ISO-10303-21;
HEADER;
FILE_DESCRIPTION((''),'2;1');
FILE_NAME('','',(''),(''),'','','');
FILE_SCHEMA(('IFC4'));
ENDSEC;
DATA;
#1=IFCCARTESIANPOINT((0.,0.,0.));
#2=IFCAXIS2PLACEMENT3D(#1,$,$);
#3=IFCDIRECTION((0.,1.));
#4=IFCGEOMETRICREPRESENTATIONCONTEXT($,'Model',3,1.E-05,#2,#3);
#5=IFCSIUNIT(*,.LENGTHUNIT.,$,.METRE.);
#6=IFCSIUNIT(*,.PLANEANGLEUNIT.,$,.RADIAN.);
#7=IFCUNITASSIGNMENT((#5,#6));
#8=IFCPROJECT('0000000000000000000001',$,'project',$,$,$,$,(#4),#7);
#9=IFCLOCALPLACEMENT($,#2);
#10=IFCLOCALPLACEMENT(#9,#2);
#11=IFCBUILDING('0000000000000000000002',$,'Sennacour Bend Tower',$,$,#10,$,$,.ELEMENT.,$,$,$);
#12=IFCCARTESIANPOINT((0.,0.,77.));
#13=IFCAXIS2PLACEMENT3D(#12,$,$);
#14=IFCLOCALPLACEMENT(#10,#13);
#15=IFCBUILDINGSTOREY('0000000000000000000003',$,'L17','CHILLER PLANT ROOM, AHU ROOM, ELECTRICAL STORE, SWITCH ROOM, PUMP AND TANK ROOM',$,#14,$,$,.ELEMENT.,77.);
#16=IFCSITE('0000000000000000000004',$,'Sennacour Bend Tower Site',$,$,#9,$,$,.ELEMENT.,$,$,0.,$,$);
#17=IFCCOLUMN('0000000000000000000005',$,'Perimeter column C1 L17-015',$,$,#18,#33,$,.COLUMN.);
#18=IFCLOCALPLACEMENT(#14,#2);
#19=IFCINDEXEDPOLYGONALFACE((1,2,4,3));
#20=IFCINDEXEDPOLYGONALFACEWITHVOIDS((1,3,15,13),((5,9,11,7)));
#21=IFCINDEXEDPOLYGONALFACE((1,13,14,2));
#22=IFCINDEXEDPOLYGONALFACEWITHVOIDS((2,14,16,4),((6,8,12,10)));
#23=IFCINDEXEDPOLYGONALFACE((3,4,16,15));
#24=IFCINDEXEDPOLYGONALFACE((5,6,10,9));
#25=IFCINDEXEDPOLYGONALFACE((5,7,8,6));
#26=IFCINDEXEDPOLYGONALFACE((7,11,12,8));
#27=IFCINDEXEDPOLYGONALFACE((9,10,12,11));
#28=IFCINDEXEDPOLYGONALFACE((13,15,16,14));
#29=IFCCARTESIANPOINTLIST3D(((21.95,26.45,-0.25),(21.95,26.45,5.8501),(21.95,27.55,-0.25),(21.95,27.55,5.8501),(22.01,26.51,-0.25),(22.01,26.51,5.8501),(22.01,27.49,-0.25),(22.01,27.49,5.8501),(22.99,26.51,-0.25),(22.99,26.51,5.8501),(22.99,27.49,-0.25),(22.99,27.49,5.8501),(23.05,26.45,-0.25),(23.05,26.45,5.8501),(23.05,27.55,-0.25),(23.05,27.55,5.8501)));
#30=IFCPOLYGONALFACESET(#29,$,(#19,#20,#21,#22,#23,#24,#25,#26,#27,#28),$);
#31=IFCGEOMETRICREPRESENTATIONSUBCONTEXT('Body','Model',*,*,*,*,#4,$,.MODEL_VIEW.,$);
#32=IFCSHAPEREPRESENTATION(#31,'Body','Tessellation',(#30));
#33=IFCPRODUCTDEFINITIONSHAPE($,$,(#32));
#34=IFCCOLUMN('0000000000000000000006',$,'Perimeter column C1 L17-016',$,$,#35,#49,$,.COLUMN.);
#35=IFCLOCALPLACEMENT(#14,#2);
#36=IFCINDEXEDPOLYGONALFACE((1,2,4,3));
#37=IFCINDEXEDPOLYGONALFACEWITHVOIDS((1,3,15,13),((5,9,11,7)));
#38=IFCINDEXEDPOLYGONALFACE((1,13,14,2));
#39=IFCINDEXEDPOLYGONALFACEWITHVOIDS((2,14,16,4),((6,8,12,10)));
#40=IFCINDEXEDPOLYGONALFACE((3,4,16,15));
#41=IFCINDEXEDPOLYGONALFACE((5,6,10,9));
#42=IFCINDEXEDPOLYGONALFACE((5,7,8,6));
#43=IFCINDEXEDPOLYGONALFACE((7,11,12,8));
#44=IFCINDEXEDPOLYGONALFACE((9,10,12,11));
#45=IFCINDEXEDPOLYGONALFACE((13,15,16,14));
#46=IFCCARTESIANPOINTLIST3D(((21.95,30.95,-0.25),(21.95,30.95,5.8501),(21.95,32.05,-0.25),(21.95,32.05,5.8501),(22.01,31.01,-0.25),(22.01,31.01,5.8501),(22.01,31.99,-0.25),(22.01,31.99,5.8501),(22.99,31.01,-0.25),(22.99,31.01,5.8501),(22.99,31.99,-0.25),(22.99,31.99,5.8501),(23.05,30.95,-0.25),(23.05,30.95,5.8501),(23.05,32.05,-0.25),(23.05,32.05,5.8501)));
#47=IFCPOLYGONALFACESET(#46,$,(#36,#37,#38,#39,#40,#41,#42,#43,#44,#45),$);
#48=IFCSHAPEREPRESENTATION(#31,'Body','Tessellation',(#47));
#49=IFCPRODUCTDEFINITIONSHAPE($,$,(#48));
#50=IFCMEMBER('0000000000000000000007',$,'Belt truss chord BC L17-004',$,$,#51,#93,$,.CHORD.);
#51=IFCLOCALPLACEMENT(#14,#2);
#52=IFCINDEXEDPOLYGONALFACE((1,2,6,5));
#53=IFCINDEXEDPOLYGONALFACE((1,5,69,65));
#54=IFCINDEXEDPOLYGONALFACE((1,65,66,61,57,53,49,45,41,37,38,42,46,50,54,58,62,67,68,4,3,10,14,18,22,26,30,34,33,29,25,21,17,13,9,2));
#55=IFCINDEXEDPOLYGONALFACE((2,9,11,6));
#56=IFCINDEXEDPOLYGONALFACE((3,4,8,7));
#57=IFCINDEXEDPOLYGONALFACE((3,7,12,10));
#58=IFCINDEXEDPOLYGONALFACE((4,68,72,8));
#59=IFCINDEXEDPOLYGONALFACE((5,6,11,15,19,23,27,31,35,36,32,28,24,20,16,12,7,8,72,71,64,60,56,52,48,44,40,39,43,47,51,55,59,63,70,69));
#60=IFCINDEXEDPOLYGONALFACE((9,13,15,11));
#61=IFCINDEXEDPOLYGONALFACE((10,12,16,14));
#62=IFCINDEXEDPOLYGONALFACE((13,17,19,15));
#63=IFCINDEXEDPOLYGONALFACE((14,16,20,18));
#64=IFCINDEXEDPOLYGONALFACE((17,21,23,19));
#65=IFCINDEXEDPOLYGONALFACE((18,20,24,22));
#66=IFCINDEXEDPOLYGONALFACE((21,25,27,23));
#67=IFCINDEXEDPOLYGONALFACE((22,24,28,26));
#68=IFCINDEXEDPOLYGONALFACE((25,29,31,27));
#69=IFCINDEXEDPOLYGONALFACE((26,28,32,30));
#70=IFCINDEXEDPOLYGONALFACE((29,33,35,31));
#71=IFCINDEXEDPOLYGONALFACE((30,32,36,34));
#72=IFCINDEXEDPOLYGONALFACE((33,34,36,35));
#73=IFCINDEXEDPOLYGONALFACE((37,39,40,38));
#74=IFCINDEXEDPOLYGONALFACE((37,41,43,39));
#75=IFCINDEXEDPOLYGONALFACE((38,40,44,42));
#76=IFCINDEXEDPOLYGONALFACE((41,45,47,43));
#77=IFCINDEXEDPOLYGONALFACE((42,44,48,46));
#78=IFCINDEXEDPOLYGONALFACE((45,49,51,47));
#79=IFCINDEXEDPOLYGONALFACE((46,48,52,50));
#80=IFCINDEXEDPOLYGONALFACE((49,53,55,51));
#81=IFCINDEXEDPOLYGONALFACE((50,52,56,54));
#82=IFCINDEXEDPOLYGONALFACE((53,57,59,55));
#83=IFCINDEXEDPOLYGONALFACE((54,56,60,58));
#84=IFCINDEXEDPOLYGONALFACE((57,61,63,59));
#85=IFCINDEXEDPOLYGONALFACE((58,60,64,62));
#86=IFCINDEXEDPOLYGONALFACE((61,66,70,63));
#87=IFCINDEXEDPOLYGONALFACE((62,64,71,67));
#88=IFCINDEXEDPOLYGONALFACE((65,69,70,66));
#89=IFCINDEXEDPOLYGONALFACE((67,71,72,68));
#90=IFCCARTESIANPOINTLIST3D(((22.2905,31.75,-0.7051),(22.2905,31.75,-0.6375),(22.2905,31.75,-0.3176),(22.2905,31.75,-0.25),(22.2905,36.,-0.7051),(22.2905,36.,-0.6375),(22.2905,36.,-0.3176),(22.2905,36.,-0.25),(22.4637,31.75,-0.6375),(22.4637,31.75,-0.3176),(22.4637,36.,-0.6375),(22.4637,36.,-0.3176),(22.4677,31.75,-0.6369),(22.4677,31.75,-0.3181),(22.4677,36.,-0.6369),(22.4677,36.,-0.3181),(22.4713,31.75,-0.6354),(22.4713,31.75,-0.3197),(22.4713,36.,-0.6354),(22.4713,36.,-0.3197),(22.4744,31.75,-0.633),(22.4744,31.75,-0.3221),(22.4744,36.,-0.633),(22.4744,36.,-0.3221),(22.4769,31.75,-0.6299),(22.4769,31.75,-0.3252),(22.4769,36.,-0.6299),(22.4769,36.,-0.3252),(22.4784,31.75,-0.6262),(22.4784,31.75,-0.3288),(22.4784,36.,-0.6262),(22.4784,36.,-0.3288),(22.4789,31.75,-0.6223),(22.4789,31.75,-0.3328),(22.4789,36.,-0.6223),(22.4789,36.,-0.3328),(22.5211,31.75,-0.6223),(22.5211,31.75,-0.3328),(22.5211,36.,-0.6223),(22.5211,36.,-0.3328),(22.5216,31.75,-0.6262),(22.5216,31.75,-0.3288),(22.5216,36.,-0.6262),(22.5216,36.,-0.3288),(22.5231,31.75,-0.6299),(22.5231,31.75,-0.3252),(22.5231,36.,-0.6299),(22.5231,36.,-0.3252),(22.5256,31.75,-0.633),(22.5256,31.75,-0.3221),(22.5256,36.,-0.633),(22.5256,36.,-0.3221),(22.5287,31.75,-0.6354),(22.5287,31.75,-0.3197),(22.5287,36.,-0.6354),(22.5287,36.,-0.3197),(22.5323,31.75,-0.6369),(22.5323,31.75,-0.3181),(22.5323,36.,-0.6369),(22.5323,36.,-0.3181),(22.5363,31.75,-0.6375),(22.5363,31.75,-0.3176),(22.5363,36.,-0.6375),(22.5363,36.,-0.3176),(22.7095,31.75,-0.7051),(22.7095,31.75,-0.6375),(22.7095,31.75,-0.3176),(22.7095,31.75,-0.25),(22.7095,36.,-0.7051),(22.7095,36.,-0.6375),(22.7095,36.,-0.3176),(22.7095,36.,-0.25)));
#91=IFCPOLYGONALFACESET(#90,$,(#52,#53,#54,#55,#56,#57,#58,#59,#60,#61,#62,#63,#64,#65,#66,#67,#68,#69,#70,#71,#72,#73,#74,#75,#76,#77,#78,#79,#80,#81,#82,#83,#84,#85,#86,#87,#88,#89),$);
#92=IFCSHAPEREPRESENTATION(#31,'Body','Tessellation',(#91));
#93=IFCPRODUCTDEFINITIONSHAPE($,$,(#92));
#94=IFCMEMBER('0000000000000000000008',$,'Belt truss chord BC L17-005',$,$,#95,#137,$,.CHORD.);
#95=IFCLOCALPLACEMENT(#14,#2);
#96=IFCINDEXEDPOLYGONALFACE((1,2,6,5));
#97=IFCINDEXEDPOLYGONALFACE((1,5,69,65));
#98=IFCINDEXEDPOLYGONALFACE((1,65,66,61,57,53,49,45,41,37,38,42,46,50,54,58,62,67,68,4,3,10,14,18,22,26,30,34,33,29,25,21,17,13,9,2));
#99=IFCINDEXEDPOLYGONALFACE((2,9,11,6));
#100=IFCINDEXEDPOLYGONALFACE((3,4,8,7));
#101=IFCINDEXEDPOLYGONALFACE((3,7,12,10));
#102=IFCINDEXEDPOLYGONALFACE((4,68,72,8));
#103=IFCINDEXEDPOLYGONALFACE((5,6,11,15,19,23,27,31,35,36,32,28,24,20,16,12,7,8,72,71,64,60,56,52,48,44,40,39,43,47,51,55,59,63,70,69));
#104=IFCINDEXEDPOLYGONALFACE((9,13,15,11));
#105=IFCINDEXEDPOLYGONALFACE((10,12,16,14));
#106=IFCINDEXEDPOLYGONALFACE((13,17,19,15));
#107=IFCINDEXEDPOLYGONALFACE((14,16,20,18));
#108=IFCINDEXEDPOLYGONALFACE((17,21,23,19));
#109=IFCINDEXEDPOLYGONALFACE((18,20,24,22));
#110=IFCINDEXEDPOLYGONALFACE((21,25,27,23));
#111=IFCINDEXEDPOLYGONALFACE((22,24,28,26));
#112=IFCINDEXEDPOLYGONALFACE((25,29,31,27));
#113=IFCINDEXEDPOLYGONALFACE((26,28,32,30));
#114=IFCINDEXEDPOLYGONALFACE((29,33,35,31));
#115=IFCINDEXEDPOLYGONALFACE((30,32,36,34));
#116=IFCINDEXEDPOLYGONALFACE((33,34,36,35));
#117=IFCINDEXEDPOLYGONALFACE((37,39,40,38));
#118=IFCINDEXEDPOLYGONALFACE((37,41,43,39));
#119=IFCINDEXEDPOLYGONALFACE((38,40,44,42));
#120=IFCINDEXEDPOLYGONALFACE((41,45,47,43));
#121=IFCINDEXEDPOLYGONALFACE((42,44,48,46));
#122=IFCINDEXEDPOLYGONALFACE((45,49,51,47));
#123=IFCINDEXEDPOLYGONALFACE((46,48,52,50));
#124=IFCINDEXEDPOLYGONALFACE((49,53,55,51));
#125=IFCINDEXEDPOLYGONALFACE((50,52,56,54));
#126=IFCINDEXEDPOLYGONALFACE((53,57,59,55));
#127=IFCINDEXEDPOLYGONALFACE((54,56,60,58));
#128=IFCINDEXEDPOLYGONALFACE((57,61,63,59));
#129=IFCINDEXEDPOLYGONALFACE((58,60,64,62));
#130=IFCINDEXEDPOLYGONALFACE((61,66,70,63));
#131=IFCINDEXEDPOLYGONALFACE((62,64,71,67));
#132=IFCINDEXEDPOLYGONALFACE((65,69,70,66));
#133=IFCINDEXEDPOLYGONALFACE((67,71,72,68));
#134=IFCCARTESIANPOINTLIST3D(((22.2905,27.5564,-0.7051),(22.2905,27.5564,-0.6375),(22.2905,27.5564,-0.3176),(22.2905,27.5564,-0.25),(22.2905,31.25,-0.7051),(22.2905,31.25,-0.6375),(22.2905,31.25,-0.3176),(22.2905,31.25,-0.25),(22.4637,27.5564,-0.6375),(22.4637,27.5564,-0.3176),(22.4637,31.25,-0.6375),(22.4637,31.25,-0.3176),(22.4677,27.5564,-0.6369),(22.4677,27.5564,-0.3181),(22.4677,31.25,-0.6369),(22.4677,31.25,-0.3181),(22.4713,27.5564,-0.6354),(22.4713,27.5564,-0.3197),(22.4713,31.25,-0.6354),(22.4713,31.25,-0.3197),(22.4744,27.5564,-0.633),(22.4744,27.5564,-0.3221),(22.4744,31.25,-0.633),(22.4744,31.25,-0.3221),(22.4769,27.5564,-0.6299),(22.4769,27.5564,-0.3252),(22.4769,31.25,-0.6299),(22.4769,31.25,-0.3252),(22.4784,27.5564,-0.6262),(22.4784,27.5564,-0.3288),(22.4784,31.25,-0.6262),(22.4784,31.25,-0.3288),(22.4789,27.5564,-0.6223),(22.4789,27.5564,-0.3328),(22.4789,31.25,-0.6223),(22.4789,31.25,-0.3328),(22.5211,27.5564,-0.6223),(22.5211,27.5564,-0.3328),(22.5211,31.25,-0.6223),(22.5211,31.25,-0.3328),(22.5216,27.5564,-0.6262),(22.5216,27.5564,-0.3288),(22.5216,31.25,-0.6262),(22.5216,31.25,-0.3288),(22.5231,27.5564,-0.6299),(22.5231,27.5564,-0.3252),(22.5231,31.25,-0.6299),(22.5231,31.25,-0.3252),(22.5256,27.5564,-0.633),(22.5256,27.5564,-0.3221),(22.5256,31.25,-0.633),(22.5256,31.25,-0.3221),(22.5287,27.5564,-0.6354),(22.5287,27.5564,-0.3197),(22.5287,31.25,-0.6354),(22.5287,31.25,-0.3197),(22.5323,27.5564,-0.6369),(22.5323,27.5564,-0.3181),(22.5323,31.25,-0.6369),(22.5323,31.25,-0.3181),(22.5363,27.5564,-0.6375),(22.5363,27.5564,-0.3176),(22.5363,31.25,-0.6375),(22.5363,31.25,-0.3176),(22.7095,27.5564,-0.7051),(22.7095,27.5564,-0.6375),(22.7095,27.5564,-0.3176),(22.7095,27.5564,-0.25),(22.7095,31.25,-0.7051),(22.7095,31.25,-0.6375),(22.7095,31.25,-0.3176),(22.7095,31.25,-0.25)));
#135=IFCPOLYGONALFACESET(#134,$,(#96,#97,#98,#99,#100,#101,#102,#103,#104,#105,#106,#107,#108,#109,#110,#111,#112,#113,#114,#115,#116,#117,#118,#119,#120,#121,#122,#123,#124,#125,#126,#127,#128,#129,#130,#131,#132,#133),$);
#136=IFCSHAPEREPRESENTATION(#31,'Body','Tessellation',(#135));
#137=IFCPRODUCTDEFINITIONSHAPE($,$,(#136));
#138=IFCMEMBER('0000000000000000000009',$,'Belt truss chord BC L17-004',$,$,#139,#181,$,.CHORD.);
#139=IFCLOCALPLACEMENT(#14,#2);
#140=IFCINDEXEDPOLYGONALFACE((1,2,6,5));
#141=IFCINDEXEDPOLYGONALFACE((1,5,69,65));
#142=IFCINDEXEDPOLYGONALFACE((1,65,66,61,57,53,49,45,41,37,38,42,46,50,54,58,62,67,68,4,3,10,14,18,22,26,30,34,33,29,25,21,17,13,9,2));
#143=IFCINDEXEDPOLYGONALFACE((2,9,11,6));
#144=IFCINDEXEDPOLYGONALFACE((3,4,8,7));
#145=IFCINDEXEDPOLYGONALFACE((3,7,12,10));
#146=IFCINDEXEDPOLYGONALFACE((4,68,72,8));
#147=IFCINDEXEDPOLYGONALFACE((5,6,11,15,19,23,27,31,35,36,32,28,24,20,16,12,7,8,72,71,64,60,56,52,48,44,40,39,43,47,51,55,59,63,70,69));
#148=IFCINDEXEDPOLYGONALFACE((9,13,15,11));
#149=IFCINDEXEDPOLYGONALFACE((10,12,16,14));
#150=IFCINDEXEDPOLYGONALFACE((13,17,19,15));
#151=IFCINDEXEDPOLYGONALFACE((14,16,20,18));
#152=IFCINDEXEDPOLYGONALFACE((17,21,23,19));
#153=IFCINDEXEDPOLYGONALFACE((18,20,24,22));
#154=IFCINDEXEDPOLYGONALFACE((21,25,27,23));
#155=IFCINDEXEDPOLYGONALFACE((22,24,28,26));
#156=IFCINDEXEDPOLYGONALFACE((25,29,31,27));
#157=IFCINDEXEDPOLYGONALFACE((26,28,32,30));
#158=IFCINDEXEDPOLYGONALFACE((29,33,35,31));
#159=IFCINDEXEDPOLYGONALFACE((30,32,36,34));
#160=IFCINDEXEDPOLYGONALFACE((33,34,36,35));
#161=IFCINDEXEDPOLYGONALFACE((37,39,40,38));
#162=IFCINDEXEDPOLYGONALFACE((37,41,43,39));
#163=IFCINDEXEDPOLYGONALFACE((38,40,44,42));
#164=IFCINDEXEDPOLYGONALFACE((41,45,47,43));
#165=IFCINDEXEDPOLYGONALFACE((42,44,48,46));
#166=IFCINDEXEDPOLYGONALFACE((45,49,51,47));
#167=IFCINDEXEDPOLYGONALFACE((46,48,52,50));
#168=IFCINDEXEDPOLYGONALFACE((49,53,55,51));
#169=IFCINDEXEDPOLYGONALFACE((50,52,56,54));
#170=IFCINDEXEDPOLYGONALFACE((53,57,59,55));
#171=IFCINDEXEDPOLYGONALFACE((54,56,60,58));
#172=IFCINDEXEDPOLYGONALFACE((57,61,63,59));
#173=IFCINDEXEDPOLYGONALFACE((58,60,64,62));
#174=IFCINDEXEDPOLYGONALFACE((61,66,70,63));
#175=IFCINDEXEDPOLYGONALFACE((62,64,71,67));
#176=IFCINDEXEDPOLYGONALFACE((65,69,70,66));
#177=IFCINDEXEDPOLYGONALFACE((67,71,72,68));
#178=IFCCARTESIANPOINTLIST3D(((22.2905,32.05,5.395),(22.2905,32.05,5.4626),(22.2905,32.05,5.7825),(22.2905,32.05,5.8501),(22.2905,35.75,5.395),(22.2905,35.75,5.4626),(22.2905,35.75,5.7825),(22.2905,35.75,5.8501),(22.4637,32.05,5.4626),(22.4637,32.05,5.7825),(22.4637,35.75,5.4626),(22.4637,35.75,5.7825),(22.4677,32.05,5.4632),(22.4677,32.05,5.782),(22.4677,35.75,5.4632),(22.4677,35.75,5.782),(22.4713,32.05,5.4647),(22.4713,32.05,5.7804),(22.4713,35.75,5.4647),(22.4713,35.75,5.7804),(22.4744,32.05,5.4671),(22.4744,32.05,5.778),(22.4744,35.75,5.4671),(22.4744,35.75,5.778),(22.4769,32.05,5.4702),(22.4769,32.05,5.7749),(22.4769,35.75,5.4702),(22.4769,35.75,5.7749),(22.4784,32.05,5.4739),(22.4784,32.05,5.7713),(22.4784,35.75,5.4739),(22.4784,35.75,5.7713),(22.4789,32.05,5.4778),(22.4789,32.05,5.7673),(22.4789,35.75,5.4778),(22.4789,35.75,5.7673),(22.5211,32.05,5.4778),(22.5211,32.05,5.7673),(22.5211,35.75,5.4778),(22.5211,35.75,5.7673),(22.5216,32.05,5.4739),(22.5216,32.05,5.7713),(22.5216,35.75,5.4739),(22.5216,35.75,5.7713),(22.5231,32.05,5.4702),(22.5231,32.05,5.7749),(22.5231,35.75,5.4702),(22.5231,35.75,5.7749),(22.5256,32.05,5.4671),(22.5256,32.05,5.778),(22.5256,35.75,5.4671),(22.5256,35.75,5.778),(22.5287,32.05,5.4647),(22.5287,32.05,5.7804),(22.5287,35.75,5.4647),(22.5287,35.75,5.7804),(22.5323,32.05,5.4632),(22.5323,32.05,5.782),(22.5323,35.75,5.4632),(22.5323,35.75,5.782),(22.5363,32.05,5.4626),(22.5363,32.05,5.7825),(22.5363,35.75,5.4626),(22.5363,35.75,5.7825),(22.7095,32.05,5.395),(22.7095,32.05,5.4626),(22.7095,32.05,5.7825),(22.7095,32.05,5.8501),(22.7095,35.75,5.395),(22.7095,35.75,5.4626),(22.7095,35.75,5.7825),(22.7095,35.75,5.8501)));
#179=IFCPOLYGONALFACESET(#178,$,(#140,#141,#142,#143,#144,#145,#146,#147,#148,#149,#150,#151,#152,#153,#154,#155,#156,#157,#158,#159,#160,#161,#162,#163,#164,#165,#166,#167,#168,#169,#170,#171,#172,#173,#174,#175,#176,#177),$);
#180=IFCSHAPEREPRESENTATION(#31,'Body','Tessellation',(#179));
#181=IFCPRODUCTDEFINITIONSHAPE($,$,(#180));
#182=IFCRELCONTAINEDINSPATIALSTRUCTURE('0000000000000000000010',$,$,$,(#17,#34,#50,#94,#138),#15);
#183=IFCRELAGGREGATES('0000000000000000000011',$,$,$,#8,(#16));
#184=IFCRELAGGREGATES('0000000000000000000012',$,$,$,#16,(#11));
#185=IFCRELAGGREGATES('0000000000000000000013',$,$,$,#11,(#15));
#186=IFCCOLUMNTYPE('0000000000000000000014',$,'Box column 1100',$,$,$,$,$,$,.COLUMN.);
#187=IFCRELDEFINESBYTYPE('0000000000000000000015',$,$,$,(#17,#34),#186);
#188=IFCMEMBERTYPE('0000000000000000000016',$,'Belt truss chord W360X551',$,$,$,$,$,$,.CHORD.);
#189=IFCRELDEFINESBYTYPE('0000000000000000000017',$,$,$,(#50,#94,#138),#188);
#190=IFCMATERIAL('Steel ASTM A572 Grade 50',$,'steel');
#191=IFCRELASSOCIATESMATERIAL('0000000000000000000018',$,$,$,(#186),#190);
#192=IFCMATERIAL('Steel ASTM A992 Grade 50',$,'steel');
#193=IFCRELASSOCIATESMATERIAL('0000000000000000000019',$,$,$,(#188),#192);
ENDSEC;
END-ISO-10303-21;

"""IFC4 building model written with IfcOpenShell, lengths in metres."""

from ifc_helpers import new_model, si_unit, direction, frame, origin, origin_2d, place, context, subcontext, project, spatial, hollow_rectangle, i_section, extrude, material, material_profile, profile_set, type_object, element, save


model = new_model("IFC4")

# Units and contexts
model_context = context("Model", 3, precision=1e-05, world=origin(), true_north=direction((0.0, 1.0)))
body_context = subcontext(model_context, "Body", "Model", "MODEL_VIEW")
ifc_project = project(units=[si_unit("LENGTHUNIT", "METRE"), si_unit("PLANEANGLEUNIT", "RADIAN")], contexts=[model_context])

# Site, building, storey
site_placement = place(None, origin())
site = spatial("IfcSite", under=ifc_project, at=site_placement, Name="Sennacour Bend Tower Site", CompositionType="ELEMENT", RefElevation=0.0)
building_placement = place(site_placement, origin())
building = spatial("IfcBuilding", under=site, at=building_placement, Name="Sennacour Bend Tower", CompositionType="ELEMENT")
storey_placement = place(building_placement, frame((0.0, 0.0, 77.0)))
storey = spatial("IfcBuildingStorey", under=building, at=storey_placement, Name="L17", Description="CHILLER PLANT ROOM, AHU ROOM, ELECTRICAL STORE, SWITCH ROOM, PUMP AND TANK ROOM", CompositionType="ELEMENT", Elevation=77.0)

# Columns
ifc_material_1 = material(Name="Steel ASTM A572 Grade 50", Category="steel")
ifc_material_profile_1 = material_profile(ifc_material_1, hollow_rectangle(XDim=1.1001, YDim=1.1001, WallThickness=0.0601, at=origin_2d()), Name="Steel ASTM A572 Grade 50", Category="steel")
ifc_profile_set_1 = profile_set([ifc_material_profile_1], Name="Steel ASTM A572 Grade 50")
column_type = type_object("IfcColumnType", Name="Box column 1100", PredefinedType="COLUMN", material=ifc_profile_set_1)
for number, where, z_axis, x_axis, name in (
    (1, (22.5, 27.0, -0.25), (0.0, 0.0, 1.0), (1.0, 0.0, 0.0), "Perimeter column C1 L17-015"),
    (2, (22.5, 31.5, -0.25), (0.0, 0.0, 1.0), (1.0, 0.0, 0.0), "Perimeter column C1 L17-016"),
):
    element("IfcColumn", number, at=place(storey_placement, frame(where, z_axis=z_axis, x_axis=x_axis)), inside=storey, type_object=column_type, Name=name, PredefinedType="COLUMN", context=body_context, shape_type="SweptSolid", body=[
        extrude(hollow_rectangle(XDim=1.1001, YDim=1.1001, WallThickness=0.0601, at=origin_2d()), origin(), (0.0, 0.0, 1.0), 6.1001),
    ])

# Members
ifc_material_2 = material(Name="Steel ASTM A992 Grade 50", Category="steel")
ifc_material_profile_2 = material_profile(ifc_material_2, i_section(OverallWidth=0.4189, OverallDepth=0.4551, WebThickness=0.0422, FlangeThickness=0.0676, FilletRadius=0.0151, at=origin_2d()), Name="Steel ASTM A992 Grade 50", Category="steel")
ifc_profile_set_2 = profile_set([ifc_material_profile_2], Name="Steel ASTM A992 Grade 50")
member_type = type_object("IfcMemberType", Name="Belt truss chord W360X551", PredefinedType="CHORD", material=ifc_profile_set_2)
member_1_placement = place(storey_placement, frame((22.5, 36.0, -0.4775), z_axis=(0.0, -1.0, 0.0), x_axis=(1.0, 0.0, 0.0)))
element("IfcMember", 3, at=member_1_placement, inside=storey, type_object=member_type, Name="Belt truss chord BC L17-004", PredefinedType="CHORD", context=body_context, shape_type="SweptSolid", body=[
    extrude(i_section(OverallWidth=0.4189, OverallDepth=0.4551, WebThickness=0.0422, FlangeThickness=0.0676, FilletRadius=0.0151, at=origin_2d()), origin(), (0.0, 0.0, 1.0), 4.25),
])
member_2_placement = place(storey_placement, frame((22.5, 31.25, -0.4775), z_axis=(0.0, -1.0, 0.0), x_axis=(1.0, 0.0, 0.0)))
element("IfcMember", 4, at=member_2_placement, inside=storey, type_object=member_type, Name="Belt truss chord BC L17-005", PredefinedType="CHORD", context=body_context, shape_type="SweptSolid", body=[
    extrude(i_section(OverallWidth=0.4189, OverallDepth=0.4551, WebThickness=0.0422, FlangeThickness=0.0676, FilletRadius=0.0151, at=origin_2d()), origin(), (0.0, 0.0, 1.0), 3.6936),
])
member_3_placement = place(storey_placement, frame((22.5, 35.75, 5.6226), z_axis=(0.0, -1.0, 0.0), x_axis=(1.0, 0.0, 0.0)))
element("IfcMember", 5, at=member_3_placement, inside=storey, type_object=member_type, Name="Belt truss chord BC L17-004", PredefinedType="CHORD", context=body_context, shape_type="SweptSolid", body=[
    extrude(i_section(OverallWidth=0.4189, OverallDepth=0.4551, WebThickness=0.0422, FlangeThickness=0.0676, FilletRadius=0.0151, at=origin_2d()), origin(), (0.0, 0.0, 1.0), 3.7),
])

save(model, "model.ifc")
